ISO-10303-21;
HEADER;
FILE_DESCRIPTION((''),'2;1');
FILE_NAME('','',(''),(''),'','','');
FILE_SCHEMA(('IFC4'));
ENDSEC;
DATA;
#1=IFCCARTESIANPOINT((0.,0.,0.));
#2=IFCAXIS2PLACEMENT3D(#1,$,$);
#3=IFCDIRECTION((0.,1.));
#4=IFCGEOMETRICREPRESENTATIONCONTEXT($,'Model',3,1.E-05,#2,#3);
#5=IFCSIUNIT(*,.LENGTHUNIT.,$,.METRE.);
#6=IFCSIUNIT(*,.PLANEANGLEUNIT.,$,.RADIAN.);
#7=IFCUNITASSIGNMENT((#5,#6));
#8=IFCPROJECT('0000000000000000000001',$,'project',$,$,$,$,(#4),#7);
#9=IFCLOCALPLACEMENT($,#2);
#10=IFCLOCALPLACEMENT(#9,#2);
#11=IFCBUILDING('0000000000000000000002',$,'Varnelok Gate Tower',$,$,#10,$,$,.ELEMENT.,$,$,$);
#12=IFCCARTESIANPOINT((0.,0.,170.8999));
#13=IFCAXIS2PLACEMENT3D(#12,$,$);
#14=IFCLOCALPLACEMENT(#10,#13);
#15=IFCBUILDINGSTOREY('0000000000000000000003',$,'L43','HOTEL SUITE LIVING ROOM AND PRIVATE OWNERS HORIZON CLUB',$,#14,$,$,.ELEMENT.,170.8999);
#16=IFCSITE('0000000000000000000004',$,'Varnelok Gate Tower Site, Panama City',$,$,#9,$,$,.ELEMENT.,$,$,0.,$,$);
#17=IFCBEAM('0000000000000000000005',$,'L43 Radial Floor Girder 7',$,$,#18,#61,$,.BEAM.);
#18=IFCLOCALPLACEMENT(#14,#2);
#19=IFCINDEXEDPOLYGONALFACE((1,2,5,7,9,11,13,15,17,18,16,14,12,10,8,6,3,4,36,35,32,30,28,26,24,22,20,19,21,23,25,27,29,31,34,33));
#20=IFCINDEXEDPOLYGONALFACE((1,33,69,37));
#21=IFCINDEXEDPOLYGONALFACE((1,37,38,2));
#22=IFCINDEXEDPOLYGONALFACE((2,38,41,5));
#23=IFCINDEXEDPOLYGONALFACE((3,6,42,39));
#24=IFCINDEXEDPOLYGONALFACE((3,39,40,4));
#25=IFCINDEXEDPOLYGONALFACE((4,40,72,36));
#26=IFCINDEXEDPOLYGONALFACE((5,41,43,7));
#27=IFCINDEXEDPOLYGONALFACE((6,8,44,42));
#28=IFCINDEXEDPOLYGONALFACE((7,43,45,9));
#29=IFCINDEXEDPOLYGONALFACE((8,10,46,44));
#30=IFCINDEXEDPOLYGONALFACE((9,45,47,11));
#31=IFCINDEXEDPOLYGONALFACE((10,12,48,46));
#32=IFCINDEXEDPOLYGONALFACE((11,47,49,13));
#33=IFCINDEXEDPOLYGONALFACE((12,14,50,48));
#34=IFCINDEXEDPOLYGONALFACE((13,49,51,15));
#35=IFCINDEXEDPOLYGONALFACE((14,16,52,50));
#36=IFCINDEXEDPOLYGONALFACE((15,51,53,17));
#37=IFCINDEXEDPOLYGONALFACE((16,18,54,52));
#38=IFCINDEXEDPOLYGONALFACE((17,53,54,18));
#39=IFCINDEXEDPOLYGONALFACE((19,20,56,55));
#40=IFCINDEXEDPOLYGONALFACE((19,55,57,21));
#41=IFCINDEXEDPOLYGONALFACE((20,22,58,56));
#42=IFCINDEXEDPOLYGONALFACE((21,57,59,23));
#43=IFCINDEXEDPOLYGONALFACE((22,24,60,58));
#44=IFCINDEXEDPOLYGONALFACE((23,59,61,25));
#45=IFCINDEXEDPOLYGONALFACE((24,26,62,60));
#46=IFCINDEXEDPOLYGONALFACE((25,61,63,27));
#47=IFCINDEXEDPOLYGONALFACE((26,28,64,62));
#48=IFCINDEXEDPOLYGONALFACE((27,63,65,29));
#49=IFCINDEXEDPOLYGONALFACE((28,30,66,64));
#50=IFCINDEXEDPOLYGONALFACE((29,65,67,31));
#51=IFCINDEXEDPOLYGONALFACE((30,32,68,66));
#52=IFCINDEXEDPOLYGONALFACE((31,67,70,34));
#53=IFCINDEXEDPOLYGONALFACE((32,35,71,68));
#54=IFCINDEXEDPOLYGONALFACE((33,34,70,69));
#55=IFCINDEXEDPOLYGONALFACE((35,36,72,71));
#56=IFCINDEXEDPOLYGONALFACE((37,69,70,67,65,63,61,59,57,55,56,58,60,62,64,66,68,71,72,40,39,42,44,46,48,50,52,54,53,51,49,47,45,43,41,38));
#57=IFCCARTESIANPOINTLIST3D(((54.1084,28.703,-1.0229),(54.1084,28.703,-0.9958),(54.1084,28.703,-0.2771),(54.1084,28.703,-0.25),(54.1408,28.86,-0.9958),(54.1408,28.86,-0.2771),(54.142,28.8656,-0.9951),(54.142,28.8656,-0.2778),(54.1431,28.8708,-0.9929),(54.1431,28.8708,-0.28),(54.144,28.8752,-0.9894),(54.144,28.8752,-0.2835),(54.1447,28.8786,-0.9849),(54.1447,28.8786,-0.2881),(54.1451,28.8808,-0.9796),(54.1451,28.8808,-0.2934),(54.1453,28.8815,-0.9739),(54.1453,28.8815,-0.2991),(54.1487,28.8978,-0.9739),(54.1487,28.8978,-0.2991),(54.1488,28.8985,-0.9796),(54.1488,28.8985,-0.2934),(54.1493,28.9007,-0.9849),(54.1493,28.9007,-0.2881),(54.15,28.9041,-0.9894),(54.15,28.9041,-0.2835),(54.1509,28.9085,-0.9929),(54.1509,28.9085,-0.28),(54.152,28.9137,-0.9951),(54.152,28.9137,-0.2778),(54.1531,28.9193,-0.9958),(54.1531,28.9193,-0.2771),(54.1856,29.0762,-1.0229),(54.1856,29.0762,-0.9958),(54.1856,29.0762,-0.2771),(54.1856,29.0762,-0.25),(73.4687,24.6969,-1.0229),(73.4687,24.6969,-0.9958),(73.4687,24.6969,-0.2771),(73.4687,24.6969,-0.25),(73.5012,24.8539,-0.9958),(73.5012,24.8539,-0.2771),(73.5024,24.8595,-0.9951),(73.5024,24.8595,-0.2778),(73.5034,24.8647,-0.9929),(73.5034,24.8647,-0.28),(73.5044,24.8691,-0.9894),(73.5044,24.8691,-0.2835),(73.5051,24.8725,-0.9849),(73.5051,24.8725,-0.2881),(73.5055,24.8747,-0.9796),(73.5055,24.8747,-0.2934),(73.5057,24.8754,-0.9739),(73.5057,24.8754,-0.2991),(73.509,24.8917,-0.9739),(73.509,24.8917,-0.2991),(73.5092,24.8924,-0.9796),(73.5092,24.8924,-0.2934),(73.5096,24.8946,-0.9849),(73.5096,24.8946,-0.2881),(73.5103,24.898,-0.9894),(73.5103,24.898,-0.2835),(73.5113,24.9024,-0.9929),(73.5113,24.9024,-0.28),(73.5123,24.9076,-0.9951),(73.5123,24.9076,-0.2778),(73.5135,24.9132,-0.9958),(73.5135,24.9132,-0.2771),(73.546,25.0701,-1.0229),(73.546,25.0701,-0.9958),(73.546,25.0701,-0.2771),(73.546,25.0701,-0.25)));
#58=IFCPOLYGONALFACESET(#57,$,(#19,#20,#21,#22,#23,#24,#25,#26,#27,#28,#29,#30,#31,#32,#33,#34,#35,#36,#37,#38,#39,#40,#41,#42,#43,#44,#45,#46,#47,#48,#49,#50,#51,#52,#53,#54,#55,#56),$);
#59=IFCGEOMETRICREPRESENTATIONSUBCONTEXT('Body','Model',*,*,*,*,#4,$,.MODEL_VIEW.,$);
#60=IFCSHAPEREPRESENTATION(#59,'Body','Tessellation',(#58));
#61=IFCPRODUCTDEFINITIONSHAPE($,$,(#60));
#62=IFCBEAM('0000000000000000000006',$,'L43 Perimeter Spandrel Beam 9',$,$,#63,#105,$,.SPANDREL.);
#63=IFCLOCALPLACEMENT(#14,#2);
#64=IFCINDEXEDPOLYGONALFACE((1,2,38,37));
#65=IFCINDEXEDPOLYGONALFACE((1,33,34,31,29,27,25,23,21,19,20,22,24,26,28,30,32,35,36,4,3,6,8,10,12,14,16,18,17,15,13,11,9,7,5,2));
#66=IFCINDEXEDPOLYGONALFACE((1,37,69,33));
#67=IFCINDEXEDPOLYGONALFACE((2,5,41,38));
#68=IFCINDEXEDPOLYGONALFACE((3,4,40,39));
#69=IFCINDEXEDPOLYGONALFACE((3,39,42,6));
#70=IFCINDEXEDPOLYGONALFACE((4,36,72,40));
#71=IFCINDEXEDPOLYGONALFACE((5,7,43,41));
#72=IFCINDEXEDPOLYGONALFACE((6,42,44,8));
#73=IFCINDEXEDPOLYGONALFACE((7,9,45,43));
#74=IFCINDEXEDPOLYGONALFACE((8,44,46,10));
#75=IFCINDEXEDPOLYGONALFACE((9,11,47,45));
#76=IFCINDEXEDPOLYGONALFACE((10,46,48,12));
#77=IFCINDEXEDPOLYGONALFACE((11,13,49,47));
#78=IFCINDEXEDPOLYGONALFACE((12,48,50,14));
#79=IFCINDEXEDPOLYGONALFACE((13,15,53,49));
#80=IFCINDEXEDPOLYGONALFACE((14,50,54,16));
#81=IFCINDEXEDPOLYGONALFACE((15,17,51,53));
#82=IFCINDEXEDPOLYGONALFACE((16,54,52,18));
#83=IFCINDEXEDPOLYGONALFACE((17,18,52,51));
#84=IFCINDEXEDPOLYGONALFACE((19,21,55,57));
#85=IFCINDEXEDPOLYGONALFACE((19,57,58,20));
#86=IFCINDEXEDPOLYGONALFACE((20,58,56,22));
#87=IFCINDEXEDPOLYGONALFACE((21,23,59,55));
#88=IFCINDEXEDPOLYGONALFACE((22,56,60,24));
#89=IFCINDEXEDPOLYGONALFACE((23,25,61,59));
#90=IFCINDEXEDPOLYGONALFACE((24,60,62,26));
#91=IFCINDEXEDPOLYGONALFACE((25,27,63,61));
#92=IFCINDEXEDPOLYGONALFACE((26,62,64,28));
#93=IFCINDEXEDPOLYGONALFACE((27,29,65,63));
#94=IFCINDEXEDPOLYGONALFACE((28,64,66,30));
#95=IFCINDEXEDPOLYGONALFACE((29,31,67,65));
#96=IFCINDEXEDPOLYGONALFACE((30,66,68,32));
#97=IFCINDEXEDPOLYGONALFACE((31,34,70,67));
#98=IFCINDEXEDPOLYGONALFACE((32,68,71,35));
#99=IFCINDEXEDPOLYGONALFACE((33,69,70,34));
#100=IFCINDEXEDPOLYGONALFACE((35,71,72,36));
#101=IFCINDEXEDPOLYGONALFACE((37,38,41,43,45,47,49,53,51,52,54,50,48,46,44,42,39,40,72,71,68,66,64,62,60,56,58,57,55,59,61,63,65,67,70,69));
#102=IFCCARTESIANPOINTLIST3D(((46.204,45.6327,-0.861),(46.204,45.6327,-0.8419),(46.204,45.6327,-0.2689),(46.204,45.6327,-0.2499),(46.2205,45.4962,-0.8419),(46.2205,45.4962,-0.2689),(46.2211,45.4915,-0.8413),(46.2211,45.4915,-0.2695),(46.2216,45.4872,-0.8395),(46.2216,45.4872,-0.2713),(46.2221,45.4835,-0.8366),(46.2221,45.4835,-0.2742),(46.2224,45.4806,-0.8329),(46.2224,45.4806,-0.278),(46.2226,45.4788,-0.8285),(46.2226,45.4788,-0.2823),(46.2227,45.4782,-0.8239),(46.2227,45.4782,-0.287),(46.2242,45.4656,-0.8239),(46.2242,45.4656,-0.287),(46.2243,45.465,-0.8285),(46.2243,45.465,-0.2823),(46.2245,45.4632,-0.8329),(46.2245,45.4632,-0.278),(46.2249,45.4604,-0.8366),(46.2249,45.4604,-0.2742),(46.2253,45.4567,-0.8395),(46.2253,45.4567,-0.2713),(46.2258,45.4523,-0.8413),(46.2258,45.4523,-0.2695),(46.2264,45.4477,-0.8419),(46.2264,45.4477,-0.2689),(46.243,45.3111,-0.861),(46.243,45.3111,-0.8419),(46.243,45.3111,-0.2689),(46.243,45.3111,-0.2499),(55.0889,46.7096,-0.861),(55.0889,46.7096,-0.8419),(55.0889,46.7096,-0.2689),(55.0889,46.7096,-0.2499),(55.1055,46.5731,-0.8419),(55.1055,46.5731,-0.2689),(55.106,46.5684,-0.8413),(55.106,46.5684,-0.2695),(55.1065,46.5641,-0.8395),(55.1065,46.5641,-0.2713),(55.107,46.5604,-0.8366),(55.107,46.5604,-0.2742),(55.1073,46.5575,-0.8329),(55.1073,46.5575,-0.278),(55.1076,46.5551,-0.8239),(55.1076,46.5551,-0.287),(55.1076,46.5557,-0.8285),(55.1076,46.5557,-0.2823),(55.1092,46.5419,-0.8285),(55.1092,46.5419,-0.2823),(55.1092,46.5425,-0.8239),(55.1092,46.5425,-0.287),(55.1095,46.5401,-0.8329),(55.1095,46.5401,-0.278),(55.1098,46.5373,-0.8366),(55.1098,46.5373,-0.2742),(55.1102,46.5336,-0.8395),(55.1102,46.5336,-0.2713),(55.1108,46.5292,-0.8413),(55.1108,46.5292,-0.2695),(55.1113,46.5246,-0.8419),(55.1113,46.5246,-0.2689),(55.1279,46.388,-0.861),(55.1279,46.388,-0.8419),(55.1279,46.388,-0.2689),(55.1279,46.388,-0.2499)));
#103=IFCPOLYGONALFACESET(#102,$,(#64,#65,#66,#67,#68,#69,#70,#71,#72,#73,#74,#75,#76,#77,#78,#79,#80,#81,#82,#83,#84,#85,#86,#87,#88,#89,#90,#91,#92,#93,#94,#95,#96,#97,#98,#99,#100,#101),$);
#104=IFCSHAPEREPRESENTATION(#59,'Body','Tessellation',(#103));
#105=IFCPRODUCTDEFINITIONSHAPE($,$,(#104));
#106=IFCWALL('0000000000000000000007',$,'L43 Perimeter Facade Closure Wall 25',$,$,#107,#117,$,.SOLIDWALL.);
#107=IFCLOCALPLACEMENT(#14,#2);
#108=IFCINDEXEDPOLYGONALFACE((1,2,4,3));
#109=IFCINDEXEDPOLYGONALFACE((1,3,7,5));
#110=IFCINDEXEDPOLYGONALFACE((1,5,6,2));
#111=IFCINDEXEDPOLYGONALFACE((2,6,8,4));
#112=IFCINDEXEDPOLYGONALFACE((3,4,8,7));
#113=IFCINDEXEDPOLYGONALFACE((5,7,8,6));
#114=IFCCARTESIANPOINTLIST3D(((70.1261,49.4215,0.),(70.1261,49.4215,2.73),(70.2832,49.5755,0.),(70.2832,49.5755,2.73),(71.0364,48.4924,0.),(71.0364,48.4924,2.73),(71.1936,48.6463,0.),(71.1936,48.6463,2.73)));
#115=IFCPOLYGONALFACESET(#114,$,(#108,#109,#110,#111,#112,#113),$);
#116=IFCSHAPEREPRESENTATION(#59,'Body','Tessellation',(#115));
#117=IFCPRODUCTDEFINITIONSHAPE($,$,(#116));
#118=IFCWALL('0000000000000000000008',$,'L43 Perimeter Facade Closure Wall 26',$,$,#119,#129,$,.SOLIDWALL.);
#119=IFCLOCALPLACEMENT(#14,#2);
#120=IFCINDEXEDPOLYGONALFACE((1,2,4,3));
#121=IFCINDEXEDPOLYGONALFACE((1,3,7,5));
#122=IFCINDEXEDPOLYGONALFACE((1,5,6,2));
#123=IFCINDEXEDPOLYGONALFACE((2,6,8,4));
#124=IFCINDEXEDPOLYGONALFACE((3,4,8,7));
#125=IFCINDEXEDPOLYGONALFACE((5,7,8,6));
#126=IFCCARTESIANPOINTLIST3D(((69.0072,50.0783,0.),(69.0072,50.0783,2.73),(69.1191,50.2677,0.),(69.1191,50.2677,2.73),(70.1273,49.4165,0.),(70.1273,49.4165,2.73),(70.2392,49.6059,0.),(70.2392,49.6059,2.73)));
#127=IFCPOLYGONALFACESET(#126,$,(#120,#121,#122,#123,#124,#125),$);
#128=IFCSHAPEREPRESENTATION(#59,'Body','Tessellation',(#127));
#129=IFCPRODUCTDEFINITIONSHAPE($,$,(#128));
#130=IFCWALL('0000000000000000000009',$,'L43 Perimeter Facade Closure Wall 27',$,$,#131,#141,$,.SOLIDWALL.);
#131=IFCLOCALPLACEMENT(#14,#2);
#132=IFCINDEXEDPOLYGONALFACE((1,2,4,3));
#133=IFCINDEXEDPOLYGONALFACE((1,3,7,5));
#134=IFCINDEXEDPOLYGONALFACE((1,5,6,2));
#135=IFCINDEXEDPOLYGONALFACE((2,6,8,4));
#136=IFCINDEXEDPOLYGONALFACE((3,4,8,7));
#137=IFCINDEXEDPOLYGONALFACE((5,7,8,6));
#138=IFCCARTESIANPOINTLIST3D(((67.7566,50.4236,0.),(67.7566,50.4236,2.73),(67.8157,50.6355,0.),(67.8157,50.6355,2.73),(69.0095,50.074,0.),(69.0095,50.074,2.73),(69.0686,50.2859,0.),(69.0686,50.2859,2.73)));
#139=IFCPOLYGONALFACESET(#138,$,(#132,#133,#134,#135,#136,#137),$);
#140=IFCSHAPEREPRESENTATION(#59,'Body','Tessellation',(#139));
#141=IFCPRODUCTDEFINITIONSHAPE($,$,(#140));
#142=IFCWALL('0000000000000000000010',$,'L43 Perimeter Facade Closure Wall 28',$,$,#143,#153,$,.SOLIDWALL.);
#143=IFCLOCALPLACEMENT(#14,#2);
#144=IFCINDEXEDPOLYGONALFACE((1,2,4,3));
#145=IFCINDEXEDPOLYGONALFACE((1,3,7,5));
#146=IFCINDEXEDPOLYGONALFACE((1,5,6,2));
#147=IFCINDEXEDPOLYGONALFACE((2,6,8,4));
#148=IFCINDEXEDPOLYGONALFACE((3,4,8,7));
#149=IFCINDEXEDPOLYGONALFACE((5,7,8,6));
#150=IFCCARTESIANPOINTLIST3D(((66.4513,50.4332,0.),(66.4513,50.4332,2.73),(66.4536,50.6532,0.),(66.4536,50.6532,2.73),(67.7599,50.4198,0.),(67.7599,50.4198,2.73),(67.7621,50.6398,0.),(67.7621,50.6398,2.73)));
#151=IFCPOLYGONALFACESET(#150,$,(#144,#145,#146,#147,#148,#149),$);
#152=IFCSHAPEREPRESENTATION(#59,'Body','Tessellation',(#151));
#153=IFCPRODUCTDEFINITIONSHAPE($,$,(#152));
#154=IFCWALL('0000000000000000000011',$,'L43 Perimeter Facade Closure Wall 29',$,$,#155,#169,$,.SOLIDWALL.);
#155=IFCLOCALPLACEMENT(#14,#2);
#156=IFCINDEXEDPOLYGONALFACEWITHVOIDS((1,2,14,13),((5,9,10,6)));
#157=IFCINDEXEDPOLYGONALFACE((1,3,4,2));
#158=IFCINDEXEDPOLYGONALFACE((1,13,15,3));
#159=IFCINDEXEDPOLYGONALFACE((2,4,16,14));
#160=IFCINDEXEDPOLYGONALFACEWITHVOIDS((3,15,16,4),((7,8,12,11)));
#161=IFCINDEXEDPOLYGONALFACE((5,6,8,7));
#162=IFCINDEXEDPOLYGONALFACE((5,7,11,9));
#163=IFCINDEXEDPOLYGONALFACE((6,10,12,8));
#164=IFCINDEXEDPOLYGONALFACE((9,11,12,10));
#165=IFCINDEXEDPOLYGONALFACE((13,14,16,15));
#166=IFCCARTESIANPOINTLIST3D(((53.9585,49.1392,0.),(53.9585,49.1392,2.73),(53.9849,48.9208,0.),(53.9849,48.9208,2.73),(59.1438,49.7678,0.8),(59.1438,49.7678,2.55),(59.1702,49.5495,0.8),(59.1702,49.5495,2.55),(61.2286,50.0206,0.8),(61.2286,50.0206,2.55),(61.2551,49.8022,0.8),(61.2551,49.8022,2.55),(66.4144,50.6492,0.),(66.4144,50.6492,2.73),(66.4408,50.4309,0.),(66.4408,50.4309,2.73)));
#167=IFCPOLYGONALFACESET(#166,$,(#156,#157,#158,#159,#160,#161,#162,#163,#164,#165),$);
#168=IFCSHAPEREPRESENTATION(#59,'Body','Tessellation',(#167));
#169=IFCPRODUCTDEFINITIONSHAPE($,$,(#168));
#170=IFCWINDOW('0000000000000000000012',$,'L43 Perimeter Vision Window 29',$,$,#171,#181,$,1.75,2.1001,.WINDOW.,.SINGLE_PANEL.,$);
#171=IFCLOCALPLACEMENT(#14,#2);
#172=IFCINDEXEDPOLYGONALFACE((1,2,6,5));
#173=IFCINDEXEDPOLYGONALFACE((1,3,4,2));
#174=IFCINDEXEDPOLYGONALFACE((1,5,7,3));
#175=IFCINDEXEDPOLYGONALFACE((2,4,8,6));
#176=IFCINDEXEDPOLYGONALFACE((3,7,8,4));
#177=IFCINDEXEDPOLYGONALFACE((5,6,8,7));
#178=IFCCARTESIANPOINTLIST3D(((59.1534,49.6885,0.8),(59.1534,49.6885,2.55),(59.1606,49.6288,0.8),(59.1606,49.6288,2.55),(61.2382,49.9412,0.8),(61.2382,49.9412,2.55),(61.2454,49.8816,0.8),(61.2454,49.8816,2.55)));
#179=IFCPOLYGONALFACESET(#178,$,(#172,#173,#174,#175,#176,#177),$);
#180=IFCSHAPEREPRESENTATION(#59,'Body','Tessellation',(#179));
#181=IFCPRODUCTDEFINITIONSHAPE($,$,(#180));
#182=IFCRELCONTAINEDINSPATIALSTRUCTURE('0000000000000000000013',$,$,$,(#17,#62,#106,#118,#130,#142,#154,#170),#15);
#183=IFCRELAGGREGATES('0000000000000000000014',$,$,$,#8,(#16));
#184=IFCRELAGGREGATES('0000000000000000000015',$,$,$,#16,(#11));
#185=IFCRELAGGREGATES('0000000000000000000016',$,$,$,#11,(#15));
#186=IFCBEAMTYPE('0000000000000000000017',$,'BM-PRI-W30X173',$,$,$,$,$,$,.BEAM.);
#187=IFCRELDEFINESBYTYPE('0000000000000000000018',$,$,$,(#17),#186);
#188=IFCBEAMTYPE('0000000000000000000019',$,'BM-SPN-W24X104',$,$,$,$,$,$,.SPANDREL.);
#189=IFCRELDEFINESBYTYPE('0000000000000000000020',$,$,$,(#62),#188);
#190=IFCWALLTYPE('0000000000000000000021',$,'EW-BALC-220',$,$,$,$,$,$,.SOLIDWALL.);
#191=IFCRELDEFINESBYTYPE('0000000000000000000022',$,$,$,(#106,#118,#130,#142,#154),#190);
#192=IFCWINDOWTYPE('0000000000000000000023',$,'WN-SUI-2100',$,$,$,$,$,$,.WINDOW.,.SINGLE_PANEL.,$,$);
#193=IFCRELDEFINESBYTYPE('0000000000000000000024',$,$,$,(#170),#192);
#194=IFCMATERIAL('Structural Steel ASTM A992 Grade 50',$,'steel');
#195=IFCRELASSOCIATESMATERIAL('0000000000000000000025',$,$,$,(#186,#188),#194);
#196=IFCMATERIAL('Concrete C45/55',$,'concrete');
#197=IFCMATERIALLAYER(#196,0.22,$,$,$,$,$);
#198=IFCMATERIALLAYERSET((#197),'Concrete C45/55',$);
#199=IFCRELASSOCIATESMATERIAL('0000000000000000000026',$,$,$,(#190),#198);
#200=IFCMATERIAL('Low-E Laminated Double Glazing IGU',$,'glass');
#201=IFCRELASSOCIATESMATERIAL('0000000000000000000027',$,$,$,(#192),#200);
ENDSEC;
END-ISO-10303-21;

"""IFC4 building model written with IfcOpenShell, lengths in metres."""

from ifc_helpers import new_model, si_unit, direction, frame, frame_2d, origin, origin_2d, place, context, subcontext, project, spatial, rectangle, i_section, extrude, material, layer, layer_set, material_profile, profile_set, type_object, element, fill, save


model = new_model("IFC4")

# Units and contexts
model_context = context("Model", 3, precision=1e-05, world=origin(), true_north=direction((0.0, 1.0)))
body_context = subcontext(model_context, "Body", "Model", "MODEL_VIEW")
ifc_project = project(units=[si_unit("LENGTHUNIT", "METRE"), si_unit("PLANEANGLEUNIT", "RADIAN")], contexts=[model_context])

# Site, building, storey
site_placement = place(None, origin())
site = spatial("IfcSite", under=ifc_project, at=site_placement, Name="Varnelok Gate Tower Site, Panama City", CompositionType="ELEMENT", RefElevation=0.0)
building_placement = place(site_placement, origin())
building = spatial("IfcBuilding", under=site, at=building_placement, Name="Varnelok Gate Tower", CompositionType="ELEMENT")
storey_placement = place(building_placement, frame((0.0, 0.0, 170.8999)))
storey = spatial("IfcBuildingStorey", under=building, at=storey_placement, Name="L43", Description="HOTEL SUITE LIVING ROOM AND PRIVATE OWNERS HORIZON CLUB", CompositionType="ELEMENT", Elevation=170.8999)

# Shared definitions
ifc_material_1 = material(Name="Structural Steel ASTM A992 Grade 50", Category="steel")

# Beams
ifc_material_profile_1 = material_profile(ifc_material_1, i_section(OverallWidth=0.3811, OverallDepth=0.7729, WebThickness=0.0166, FlangeThickness=0.0271, FilletRadius=0.022, at=origin_2d()), Name="W30X173")
ifc_profile_set_1 = profile_set([ifc_material_profile_1], Name="Structural Steel ASTM A992 Grade 50")
beam_type_1 = type_object("IfcBeamType", Name="BM-PRI-W30X173", PredefinedType="BEAM", material=ifc_profile_set_1)
beam_1_placement = place(storey_placement, frame((54.147, 28.8896, -0.6365), z_axis=(0.979255, -0.202631, 0.0), x_axis=(0.202631, 0.979255, 0.0)))
element("IfcBeam", 1, at=beam_1_placement, inside=storey, type_object=beam_type_1, Name="L43 Radial Floor Girder 7", PredefinedType="BEAM", context=body_context, shape_type="SweptSolid", body=[
    extrude(i_section(OverallWidth=0.3811, OverallDepth=0.7729, WebThickness=0.0166, FlangeThickness=0.0271, FilletRadius=0.022, at=origin_2d()), origin(), (0.0, 0.0, 1.0), 19.7705),
])
ifc_material_profile_2 = material_profile(ifc_material_1, i_section(OverallWidth=0.324, OverallDepth=0.6111, WebThickness=0.0127, FlangeThickness=0.019, FilletRadius=0.0181, at=origin_2d()), Name="W24X104")
ifc_profile_set_2 = profile_set([ifc_material_profile_2], Name="Structural Steel ASTM A992 Grade 50")
beam_type_2 = type_object("IfcBeamType", Name="BM-SPN-W24X104", PredefinedType="SPANDREL", material=ifc_profile_set_2)
beam_2_placement = place(storey_placement, frame((55.1084, 46.5488, -0.5554), z_axis=(-0.992735, -0.120324, 0.0), x_axis=(0.120324, -0.992735, 0.0)))
element("IfcBeam", 2, at=beam_2_placement, inside=storey, type_object=beam_type_2, Name="L43 Perimeter Spandrel Beam 9", PredefinedType="SPANDREL", context=body_context, shape_type="SweptSolid", body=[
    extrude(i_section(OverallWidth=0.324, OverallDepth=0.6111, WebThickness=0.0127, FlangeThickness=0.019, FilletRadius=0.0181, at=origin_2d()), origin(), (0.0, 0.0, 1.0), 8.95),
])

# Walls
ifc_material_2 = material(Name="Concrete C45/55", Category="concrete")
ifc_layer_1 = layer(ifc_material_2, 0.22)
ifc_layer_set_1 = layer_set([ifc_layer_1], Name="Concrete C45/55")
wall_type_1 = type_object("IfcWallType", Name="EW-BALC-220", PredefinedType="SOLIDWALL", material=ifc_layer_set_1)
wall_1_placement = place(storey_placement, frame((71.115, 48.5693, 0.0), z_axis=(0.0, 0.0, 1.0), x_axis=(-0.699844, 0.714295, 0.0)))
element("IfcWall", 3, at=wall_1_placement, inside=storey, type_object=wall_type_1, Name="L43 Perimeter Facade Closure Wall 25", PredefinedType="SOLIDWALL", context=body_context, shape_type="SweptSolid", body=[
    extrude(rectangle(XDim=1.3008, YDim=0.22, at=frame_2d((0.6504, 0.0))), origin(), (0.0, 0.0, 1.0), 2.73),
])
wall_2_placement = place(storey_placement, frame((70.1831, 49.5112, 0.0), z_axis=(0.0, 0.0, 1.0), x_axis=(-0.860934, 0.508717, 0.0)))
element("IfcWall", 4, at=wall_2_placement, inside=storey, type_object=wall_type_1, Name="L43 Perimeter Facade Closure Wall 26", PredefinedType="SOLIDWALL", context=body_context, shape_type="SweptSolid", body=[
    extrude(rectangle(XDim=1.301, YDim=0.22, at=frame_2d((0.6504, 0.0))), origin(), (0.0, 0.0, 1.0), 2.73),
])
wall_3_placement = place(storey_placement, frame((69.0391, 50.1799, 0.0), z_axis=(0.0, 0.0, 1.0), x_axis=(-0.963205, 0.268767, 0.0)))
element("IfcWall", 5, at=wall_3_placement, inside=storey, type_object=wall_type_1, Name="L43 Perimeter Facade Closure Wall 27", PredefinedType="SOLIDWALL", context=body_context, shape_type="SweptSolid", body=[
    extrude(rectangle(XDim=1.3008, YDim=0.22, at=frame_2d((0.6504, 0.0))), origin(), (0.0, 0.0, 1.0), 2.73),
])
wall_4_placement = place(storey_placement, frame((67.761, 50.5298, 0.0), z_axis=(0.0, 0.0, 1.0), x_axis=(-0.999947, 0.010261, 0.0)))
element("IfcWall", 6, at=wall_4_placement, inside=storey, type_object=wall_type_1, Name="L43 Perimeter Facade Closure Wall 28", PredefinedType="SOLIDWALL", context=body_context, shape_type="SweptSolid", body=[
    extrude(rectangle(XDim=1.3086, YDim=0.22, at=frame_2d((0.6543, 0.0))), origin(), (0.0, 0.0, 1.0), 2.73),
])

# Wall, opening, window
wall_5_placement = place(storey_placement, frame((66.4275, 50.54, 0.0), z_axis=(0.0, 0.0, 1.0), x_axis=(-0.992732, -0.120348, 0.0)))
wall_5 = element("IfcWall", 7, at=wall_5_placement, inside=storey, type_object=wall_type_1, Name="L43 Perimeter Facade Closure Wall 29", PredefinedType="SOLIDWALL", context=body_context, shape_type="SweptSolid", body=[
    extrude(rectangle(XDim=12.5471, YDim=0.22, at=frame_2d((6.2734, 0.0))), origin(), (0.0, 0.0, 1.0), 2.73),
])
opening_1_placement = place(wall_5_placement, frame((5.2236, 0.0, 0.8)))
opening_1 = element("IfcOpeningElement", 8, at=opening_1_placement, cuts=wall_5, PredefinedType="OPENING", context=body_context, shape_type="SweptSolid", body=[
    extrude(rectangle(XDim=2.1001, YDim=1.75, at=frame_2d((1.05, 0.875))), frame((0.0, 0.1199, 0.0), z_axis=(0.0, -1.0, 0.0), x_axis=(1.0, 0.0, 0.0)), (0.0, 0.0, 1.0), 0.24),
])
ifc_material_3 = material(Name="Low-E Laminated Double Glazing IGU", Category="glass")
window_type = type_object("IfcWindowType", Name="WN-SUI-2100", PartitioningType="SINGLE_PANEL", PredefinedType="WINDOW", material=ifc_material_3)
window_placement = place(opening_1_placement, origin())
window = element("IfcWindow", 9, at=window_placement, inside=storey, type_object=window_type, Name="L43 Perimeter Vision Window 29", OverallHeight=1.75, OverallWidth=2.1001, PartitioningType="SINGLE_PANEL", PredefinedType="WINDOW", context=body_context, shape_type="SweptSolid", body=[
    extrude(rectangle(XDim=2.1001, YDim=1.75, at=frame_2d((1.05, 0.875))), frame((0.0, 0.03, 0.0), z_axis=(0.0, -1.0, 0.0), x_axis=(1.0, 0.0, 0.0)), (0.0, 0.0, 1.0), 0.0601),
])
fill(opening_1, window)

save(model, "model.ifc")
